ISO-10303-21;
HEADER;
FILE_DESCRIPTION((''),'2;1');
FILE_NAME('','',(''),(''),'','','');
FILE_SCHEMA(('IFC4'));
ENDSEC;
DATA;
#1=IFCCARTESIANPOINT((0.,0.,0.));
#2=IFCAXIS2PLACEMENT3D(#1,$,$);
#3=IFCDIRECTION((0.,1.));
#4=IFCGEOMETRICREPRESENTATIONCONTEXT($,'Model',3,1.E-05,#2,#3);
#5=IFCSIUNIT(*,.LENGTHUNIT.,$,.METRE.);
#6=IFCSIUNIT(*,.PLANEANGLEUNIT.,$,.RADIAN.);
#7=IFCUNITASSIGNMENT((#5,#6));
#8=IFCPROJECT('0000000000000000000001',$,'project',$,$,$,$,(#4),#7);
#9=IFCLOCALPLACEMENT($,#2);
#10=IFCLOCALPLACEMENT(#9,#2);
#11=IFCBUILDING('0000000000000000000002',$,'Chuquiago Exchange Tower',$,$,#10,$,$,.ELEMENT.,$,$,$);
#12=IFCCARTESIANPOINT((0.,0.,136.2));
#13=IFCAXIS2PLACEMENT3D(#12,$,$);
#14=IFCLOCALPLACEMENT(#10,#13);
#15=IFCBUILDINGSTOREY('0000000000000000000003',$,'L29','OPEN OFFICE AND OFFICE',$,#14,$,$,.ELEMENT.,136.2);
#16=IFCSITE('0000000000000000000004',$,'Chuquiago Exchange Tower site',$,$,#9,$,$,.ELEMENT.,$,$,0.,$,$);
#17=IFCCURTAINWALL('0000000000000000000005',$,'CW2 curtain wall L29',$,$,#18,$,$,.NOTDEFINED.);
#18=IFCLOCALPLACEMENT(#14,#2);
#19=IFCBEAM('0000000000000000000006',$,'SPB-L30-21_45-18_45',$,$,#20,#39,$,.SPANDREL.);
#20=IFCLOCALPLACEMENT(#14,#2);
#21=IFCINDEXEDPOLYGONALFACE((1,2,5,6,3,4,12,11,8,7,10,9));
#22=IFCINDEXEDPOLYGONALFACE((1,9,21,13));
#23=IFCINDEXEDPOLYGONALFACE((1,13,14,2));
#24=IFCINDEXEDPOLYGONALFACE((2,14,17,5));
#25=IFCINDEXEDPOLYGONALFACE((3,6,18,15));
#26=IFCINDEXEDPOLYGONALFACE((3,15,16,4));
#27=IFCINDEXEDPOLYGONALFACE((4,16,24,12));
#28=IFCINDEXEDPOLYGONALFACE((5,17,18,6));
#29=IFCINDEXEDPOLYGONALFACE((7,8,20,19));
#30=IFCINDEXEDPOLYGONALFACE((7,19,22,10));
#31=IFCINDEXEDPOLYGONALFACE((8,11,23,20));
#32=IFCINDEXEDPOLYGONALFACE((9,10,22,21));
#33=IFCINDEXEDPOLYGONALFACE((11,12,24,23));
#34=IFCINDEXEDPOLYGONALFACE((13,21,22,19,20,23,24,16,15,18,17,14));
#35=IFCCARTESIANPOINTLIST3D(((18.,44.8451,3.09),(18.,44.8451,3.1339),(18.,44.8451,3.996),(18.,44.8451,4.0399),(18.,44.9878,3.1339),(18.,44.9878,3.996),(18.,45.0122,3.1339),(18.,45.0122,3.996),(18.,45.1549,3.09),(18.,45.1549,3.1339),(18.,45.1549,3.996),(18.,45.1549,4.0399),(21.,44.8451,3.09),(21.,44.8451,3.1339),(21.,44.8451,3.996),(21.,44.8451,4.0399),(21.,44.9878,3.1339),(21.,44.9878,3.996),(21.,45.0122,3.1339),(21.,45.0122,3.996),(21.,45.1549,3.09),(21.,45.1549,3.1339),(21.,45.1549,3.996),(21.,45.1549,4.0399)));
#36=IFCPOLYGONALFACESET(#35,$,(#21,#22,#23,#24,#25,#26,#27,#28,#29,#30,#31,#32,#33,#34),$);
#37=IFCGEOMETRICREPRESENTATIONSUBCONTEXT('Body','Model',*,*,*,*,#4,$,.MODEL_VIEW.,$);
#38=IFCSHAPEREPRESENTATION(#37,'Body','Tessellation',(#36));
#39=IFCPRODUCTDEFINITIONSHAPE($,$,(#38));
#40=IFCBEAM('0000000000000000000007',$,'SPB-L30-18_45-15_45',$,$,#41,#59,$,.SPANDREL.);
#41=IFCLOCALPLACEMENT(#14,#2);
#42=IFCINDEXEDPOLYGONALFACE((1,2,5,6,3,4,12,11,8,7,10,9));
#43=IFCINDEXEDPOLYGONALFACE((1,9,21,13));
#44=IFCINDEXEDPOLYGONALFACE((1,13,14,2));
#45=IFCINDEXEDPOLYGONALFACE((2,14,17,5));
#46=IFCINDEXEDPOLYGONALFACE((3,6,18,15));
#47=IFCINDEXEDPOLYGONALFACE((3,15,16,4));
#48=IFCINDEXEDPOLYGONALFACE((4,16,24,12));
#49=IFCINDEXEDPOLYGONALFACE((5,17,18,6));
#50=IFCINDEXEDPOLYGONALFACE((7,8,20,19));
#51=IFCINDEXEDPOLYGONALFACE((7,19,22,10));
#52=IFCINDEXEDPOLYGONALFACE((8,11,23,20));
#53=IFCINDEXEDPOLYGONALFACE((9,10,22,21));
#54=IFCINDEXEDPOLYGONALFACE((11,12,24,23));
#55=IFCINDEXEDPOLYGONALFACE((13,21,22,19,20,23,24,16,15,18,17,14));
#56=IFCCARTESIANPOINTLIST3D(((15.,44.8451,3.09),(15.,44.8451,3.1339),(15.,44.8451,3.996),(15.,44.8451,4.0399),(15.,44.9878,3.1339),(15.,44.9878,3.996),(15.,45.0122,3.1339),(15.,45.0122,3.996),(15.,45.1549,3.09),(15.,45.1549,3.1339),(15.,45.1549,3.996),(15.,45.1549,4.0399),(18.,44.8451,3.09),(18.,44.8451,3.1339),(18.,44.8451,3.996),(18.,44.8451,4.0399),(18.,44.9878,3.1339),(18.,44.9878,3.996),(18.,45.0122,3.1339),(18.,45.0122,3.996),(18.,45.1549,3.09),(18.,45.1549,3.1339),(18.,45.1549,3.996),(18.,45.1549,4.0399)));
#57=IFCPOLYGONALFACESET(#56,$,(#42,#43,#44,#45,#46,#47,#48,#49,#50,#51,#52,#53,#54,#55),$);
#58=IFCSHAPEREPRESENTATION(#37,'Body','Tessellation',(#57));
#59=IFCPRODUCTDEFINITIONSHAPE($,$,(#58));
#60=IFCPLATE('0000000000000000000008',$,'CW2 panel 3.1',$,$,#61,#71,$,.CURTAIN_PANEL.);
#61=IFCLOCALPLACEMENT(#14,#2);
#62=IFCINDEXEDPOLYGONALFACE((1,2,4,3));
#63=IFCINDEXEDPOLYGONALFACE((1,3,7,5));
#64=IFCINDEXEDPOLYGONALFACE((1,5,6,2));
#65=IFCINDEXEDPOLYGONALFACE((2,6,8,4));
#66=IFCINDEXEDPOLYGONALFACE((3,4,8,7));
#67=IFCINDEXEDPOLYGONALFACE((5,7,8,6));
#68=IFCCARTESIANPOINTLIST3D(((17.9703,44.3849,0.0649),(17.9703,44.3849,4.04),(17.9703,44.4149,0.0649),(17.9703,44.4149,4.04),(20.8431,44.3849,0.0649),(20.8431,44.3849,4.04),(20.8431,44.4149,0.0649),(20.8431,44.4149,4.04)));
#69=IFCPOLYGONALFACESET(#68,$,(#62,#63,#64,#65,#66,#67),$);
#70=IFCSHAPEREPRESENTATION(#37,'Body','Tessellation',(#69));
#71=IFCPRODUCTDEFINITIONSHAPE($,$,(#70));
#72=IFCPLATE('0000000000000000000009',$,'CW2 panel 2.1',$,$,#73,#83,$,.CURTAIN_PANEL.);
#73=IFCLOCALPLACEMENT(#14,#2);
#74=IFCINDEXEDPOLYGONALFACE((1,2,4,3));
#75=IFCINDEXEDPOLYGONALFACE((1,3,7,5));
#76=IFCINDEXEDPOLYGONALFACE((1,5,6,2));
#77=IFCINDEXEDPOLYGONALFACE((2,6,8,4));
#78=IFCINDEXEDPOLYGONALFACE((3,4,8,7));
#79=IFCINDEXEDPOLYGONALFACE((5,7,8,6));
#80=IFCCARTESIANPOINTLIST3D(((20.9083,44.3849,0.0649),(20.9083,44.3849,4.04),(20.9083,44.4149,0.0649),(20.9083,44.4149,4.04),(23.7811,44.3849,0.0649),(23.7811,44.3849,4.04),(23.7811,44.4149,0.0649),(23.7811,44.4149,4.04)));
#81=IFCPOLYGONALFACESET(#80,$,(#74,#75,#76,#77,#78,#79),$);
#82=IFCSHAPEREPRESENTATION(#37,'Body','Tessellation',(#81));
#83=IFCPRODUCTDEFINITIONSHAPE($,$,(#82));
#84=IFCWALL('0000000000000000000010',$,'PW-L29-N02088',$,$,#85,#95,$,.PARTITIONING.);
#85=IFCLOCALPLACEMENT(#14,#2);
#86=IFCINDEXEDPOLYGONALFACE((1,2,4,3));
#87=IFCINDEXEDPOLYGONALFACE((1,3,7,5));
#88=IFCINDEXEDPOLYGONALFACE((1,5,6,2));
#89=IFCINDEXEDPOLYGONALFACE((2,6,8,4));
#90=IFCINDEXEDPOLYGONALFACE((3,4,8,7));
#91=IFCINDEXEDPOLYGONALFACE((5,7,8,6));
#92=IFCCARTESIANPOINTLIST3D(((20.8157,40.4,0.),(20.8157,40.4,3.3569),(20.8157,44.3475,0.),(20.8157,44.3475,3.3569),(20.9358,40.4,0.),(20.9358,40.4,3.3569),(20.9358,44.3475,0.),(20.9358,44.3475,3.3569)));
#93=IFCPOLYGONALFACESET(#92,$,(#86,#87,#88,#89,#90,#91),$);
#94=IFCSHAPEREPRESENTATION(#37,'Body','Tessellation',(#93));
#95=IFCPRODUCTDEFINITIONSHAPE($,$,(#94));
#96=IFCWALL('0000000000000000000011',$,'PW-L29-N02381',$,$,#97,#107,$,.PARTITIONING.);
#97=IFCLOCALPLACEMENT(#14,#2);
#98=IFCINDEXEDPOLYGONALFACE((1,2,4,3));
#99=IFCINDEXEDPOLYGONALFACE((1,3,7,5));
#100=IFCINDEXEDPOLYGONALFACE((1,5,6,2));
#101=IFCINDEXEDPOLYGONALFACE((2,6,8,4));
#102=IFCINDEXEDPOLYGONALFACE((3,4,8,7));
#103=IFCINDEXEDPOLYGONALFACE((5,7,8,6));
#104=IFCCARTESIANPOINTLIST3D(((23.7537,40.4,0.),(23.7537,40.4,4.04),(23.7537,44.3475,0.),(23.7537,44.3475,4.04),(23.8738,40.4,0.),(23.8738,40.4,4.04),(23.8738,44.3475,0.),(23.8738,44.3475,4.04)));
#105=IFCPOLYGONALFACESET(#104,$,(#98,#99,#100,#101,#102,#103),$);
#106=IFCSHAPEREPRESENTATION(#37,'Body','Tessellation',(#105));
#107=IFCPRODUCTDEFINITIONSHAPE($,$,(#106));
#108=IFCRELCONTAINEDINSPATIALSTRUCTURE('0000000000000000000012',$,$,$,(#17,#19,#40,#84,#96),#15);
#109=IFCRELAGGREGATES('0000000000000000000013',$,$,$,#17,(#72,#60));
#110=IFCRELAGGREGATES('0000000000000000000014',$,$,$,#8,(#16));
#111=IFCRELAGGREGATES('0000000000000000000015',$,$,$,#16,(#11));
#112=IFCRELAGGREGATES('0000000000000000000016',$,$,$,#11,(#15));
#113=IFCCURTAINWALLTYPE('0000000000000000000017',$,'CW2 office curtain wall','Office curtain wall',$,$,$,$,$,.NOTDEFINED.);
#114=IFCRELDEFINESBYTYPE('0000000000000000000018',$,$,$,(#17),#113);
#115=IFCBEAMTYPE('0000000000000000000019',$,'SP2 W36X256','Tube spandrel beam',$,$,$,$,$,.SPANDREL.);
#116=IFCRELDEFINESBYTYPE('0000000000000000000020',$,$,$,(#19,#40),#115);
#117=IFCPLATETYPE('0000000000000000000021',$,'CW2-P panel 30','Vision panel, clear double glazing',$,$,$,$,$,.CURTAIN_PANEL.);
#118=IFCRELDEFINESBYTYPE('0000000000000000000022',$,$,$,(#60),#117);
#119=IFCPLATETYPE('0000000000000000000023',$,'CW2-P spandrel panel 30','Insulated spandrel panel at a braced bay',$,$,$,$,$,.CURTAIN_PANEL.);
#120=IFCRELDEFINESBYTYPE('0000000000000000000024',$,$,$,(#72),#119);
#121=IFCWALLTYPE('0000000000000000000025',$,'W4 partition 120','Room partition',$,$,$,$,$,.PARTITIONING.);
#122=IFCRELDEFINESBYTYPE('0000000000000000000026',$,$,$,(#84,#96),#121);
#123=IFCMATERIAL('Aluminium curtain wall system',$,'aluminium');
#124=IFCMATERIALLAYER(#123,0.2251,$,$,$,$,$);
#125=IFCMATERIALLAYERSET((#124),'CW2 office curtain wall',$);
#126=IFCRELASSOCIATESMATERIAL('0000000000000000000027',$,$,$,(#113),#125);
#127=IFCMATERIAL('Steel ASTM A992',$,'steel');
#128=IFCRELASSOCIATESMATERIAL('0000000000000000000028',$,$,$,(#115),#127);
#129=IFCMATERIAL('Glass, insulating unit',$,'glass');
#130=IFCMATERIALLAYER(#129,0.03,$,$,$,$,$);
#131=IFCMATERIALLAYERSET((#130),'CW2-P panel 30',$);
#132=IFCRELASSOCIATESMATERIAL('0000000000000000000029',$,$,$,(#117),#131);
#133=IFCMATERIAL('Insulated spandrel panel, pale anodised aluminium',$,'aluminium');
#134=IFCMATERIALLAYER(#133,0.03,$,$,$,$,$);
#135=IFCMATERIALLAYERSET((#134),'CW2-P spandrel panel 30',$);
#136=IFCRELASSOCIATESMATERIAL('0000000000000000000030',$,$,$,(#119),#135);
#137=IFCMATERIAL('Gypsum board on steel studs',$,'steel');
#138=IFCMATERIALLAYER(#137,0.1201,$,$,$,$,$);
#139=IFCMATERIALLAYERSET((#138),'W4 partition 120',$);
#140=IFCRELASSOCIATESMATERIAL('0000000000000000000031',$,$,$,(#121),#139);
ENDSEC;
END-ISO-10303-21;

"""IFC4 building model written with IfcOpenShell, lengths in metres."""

from ifc_helpers import new_model, si_unit, direction, frame, frame_2d, origin, origin_2d, place, context, subcontext, project, spatial, rectangle, i_section, extrude, material, layer, layer_set, material_profile, profile_set, type_object, element, aggregate, save


model = new_model("IFC4")

# Units and contexts
model_context = context("Model", 3, precision=1e-05, world=origin(), true_north=direction((0.0, 1.0)))
body_context = subcontext(model_context, "Body", "Model", "MODEL_VIEW")
ifc_project = project(units=[si_unit("LENGTHUNIT", "METRE"), si_unit("PLANEANGLEUNIT", "RADIAN")], contexts=[model_context])

# Site, building, storey
site_placement = place(None, origin())
site = spatial("IfcSite", under=ifc_project, at=site_placement, Name="Chuquiago Exchange Tower site", CompositionType="ELEMENT", RefElevation=0.0)
building_placement = place(site_placement, origin())
building = spatial("IfcBuilding", under=site, at=building_placement, Name="Chuquiago Exchange Tower", CompositionType="ELEMENT")
storey_placement = place(building_placement, frame((0.0, 0.0, 136.2)))
storey = spatial("IfcBuildingStorey", under=building, at=storey_placement, Name="L29", Description="OPEN OFFICE AND OFFICE", CompositionType="ELEMENT", Elevation=136.2)

# Curtain wall
ifc_material_1 = material(Name="Aluminium curtain wall system", Category="aluminium")
ifc_layer_1 = layer(ifc_material_1, 0.2251)
ifc_layer_set_1 = layer_set([ifc_layer_1], Name="CW2 office curtain wall")
curtain_wall_type = type_object("IfcCurtainWallType", Name="CW2 office curtain wall", Description="Office curtain wall", PredefinedType="NOTDEFINED", material=ifc_layer_set_1)
curtain_wall_placement = place(storey_placement, origin())
curtain_wall = element("IfcCurtainWall", 1, at=curtain_wall_placement, inside=storey, type_object=curtain_wall_type, Name="CW2 curtain wall L29", PredefinedType="NOTDEFINED")

# Beams
ifc_material_2 = material(Name="Steel ASTM A992", Category="steel")
ifc_material_profile_1 = material_profile(ifc_material_2, i_section(OverallWidth=0.3098, OverallDepth=0.95, WebThickness=0.0244, FlangeThickness=0.0439, at=origin_2d()), Name="W36X256")
ifc_profile_set_1 = profile_set([ifc_material_profile_1], Name="Steel ASTM A992")
beam_type = type_object("IfcBeamType", Name="SP2 W36X256", Description="Tube spandrel beam", PredefinedType="SPANDREL", material=ifc_profile_set_1)
for number, where, z_axis, x_axis, name in (
    (2, (21.0, 45.0, 3.5649), (-1.0, 0.0, 0.0), (0.0, -1.0, 0.0), "SPB-L30-21_45-18_45"),
    (3, (18.0, 45.0, 3.5649), (-1.0, 0.0, 0.0), (0.0, -1.0, 0.0), "SPB-L30-18_45-15_45"),
):
    element("IfcBeam", number, at=place(storey_placement, frame(where, z_axis=z_axis, x_axis=x_axis)), inside=storey, type_object=beam_type, Name=name, PredefinedType="SPANDREL", context=body_context, shape_type="SweptSolid", body=[
        extrude(i_section(OverallWidth=0.3098, OverallDepth=0.95, WebThickness=0.0244, FlangeThickness=0.0439, at=origin_2d()), origin(), (0.0, 0.0, 1.0), 3.0),
    ])

# Plates
ifc_material_3 = material(Name="Glass, insulating unit", Category="glass")
ifc_layer_2 = layer(ifc_material_3, 0.03)
ifc_layer_set_2 = layer_set([ifc_layer_2], Name="CW2-P panel 30")
plate_type_1 = type_object("IfcPlateType", Name="CW2-P panel 30", Description="Vision panel, clear double glazing", PredefinedType="CURTAIN_PANEL", material=ifc_layer_set_2)
plate_1_placement = place(storey_placement, frame((19.4067, 44.3999, 0.0649), z_axis=(0.0, 0.0, 1.0), x_axis=(-1.0, 0.0, 0.0)))
plate_1 = element("IfcPlate", 4, at=plate_1_placement, type_object=plate_type_1, Name="CW2 panel 3.1", PredefinedType="CURTAIN_PANEL", context=body_context, shape_type="SweptSolid", body=[
    extrude(rectangle(XDim=2.8728, YDim=0.03, at=origin_2d()), origin(), (0.0, 0.0, 1.0), 3.9751),
])
ifc_material_4 = material(Name="Insulated spandrel panel, pale anodised aluminium", Category="aluminium")
ifc_layer_3 = layer(ifc_material_4, 0.03)
ifc_layer_set_3 = layer_set([ifc_layer_3], Name="CW2-P spandrel panel 30")
plate_type_2 = type_object("IfcPlateType", Name="CW2-P spandrel panel 30", Description="Insulated spandrel panel at a braced bay", PredefinedType="CURTAIN_PANEL", material=ifc_layer_set_3)
plate_2_placement = place(storey_placement, frame((22.3447, 44.3999, 0.0649), z_axis=(0.0, 0.0, 1.0), x_axis=(-1.0, 0.0, 0.0)))
plate_2 = element("IfcPlate", 5, at=plate_2_placement, type_object=plate_type_2, Name="CW2 panel 2.1", PredefinedType="CURTAIN_PANEL", context=body_context, shape_type="SweptSolid", body=[
    extrude(rectangle(XDim=2.8728, YDim=0.03, at=origin_2d()), origin(), (0.0, 0.0, 1.0), 3.9751),
])
aggregate(curtain_wall, [plate_2, plate_1])

# Walls
ifc_material_5 = material(Name="Gypsum board on steel studs", Category="steel")
ifc_layer_4 = layer(ifc_material_5, 0.1201)
ifc_layer_set_4 = layer_set([ifc_layer_4], Name="W4 partition 120")
wall_type = type_object("IfcWallType", Name="W4 partition 120", Description="Room partition", PredefinedType="PARTITIONING", material=ifc_layer_set_4)
wall_1_placement = place(storey_placement, frame((20.8757, 44.3474, 0.0), z_axis=(0.0, 0.0, 1.0), x_axis=(0.0, -1.0, 0.0)))
element("IfcWall", 6, at=wall_1_placement, inside=storey, type_object=wall_type, Name="PW-L29-N02088", PredefinedType="PARTITIONING", context=body_context, shape_type="SweptSolid", body=[
    extrude(rectangle(XDim=3.9475, YDim=0.1201, at=frame_2d((1.9736, 0.0))), origin(), (0.0, 0.0, 1.0), 3.3569),
])
wall_2_placement = place(storey_placement, frame((23.8137, 44.3474, 0.0), z_axis=(0.0, 0.0, 1.0), x_axis=(0.0, -1.0, 0.0)))
element("IfcWall", 7, at=wall_2_placement, inside=storey, type_object=wall_type, Name="PW-L29-N02381", PredefinedType="PARTITIONING", context=body_context, shape_type="SweptSolid", body=[
    extrude(rectangle(XDim=3.9475, YDim=0.1201, at=frame_2d((1.9736, 0.0))), origin(), (0.0, 0.0, 1.0), 4.04),
])

save(model, "model.ifc")
